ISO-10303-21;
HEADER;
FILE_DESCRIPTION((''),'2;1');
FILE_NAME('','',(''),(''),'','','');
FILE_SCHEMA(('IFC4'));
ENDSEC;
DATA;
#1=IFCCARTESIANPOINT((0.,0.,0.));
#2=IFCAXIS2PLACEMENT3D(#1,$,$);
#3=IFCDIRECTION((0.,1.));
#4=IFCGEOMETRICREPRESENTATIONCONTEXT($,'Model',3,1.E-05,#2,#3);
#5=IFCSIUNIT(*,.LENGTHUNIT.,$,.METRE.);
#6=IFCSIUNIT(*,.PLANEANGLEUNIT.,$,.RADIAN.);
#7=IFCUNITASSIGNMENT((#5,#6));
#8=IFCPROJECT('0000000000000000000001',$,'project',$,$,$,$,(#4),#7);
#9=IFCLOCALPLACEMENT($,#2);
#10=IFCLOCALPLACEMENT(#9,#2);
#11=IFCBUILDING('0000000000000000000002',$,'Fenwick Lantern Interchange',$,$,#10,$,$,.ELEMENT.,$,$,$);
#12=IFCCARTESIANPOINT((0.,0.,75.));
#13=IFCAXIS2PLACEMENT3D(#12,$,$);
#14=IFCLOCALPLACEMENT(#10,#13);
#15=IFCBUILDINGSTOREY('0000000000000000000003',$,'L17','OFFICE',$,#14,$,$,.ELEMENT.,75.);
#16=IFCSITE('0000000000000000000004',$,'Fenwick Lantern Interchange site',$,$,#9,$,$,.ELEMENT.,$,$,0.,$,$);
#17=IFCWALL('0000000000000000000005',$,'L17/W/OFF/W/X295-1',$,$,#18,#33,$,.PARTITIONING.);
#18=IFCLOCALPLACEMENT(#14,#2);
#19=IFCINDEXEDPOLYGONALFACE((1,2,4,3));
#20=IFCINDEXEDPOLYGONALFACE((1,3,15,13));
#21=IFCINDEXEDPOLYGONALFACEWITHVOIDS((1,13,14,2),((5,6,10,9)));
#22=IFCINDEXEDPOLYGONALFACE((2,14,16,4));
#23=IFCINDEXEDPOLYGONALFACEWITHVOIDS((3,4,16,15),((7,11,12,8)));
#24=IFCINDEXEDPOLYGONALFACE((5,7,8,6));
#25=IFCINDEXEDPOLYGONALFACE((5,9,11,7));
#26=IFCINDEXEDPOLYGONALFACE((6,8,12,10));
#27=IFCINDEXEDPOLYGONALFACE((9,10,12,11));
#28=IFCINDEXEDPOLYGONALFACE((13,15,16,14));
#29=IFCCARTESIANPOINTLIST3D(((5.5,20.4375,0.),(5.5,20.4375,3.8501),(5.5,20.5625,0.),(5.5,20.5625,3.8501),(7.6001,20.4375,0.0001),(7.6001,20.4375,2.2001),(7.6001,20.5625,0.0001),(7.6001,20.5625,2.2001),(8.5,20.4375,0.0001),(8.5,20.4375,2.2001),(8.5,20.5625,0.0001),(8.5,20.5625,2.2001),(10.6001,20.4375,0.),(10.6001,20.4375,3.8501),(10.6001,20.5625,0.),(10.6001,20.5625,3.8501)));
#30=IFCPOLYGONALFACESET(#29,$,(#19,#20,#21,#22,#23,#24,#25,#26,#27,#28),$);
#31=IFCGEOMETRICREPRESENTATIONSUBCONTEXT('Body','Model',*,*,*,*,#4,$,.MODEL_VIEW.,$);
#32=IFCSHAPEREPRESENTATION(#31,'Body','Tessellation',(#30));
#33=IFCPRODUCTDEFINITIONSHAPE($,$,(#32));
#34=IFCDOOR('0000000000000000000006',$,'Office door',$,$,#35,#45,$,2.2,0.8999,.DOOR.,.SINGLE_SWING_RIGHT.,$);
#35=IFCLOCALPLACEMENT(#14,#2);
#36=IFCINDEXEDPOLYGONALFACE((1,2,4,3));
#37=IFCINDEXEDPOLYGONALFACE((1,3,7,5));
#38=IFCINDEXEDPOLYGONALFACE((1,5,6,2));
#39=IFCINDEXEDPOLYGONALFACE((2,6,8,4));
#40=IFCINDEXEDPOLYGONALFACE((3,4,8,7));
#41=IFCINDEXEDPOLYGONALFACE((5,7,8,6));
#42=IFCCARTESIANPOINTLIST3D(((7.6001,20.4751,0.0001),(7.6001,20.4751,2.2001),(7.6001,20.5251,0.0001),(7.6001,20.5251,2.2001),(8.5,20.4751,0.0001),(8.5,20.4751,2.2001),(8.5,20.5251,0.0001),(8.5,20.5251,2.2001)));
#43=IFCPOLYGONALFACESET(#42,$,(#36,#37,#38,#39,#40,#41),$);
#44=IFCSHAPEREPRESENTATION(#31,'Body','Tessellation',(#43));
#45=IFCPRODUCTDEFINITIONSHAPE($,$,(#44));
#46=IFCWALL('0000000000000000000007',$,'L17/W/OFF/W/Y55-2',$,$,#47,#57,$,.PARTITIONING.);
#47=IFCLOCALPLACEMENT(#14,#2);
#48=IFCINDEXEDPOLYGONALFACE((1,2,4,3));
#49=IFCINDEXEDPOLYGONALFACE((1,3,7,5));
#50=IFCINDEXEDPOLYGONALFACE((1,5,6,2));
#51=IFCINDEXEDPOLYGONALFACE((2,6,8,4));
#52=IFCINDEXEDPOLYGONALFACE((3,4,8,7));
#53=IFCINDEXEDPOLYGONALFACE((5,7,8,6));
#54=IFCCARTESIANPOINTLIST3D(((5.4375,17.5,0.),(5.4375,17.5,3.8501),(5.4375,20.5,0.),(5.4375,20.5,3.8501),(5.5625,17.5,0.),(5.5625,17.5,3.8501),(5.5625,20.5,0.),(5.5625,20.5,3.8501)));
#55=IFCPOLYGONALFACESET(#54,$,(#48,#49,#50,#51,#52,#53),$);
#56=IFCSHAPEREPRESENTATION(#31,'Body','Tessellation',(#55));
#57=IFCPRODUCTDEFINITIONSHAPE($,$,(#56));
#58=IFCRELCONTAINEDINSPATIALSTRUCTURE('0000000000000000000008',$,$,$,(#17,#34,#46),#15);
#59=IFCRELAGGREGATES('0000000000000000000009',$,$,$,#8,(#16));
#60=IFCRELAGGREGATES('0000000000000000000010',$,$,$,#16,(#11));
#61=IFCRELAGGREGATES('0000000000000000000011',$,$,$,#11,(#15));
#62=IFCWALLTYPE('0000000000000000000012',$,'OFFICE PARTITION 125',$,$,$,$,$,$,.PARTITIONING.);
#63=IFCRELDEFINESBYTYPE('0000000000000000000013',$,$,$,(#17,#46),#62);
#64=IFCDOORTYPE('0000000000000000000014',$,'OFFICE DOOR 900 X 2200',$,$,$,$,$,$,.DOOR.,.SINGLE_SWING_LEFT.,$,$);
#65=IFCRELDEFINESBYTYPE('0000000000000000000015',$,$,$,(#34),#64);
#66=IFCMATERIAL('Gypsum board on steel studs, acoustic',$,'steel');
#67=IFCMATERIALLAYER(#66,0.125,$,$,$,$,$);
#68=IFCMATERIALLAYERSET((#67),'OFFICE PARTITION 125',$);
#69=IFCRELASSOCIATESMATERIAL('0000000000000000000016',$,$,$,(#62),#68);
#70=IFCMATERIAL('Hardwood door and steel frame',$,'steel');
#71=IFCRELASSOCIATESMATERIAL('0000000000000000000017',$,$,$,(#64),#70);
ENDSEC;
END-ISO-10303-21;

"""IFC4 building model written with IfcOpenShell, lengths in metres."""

from ifc_helpers import new_model, si_unit, direction, frame, frame_2d, origin, place, context, subcontext, project, spatial, rectangle, extrude, material, layer, layer_set, type_object, element, fill, save


model = new_model("IFC4")

# Units and contexts
model_context = context("Model", 3, precision=1e-05, world=origin(), true_north=direction((0.0, 1.0)))
body_context = subcontext(model_context, "Body", "Model", "MODEL_VIEW")
ifc_project = project(units=[si_unit("LENGTHUNIT", "METRE"), si_unit("PLANEANGLEUNIT", "RADIAN")], contexts=[model_context])

# Site, building, storey
site_placement = place(None, origin())
site = spatial("IfcSite", under=ifc_project, at=site_placement, Name="Fenwick Lantern Interchange site", CompositionType="ELEMENT", RefElevation=0.0)
building_placement = place(site_placement, origin())
building = spatial("IfcBuilding", under=site, at=building_placement, Name="Fenwick Lantern Interchange", CompositionType="ELEMENT")
storey_placement = place(building_placement, frame((0.0, 0.0, 75.0)))
storey = spatial("IfcBuildingStorey", under=building, at=storey_placement, Name="L17", Description="OFFICE", CompositionType="ELEMENT", Elevation=75.0)

# Shared definitions
ifc_material_1 = material(Name="Hardwood door and steel frame", Category="steel")

# Wall, opening, door
ifc_material_2 = material(Name="Gypsum board on steel studs, acoustic", Category="steel")
ifc_layer_1 = layer(ifc_material_2, 0.125)
ifc_layer_set_1 = layer_set([ifc_layer_1], Name="OFFICE PARTITION 125")
wall_type_1 = type_object("IfcWallType", Name="OFFICE PARTITION 125", PredefinedType="PARTITIONING", material=ifc_layer_set_1)
wall_1_placement = place(storey_placement, frame((5.5, 20.5, 0.0), z_axis=(0.0, 0.0, 1.0), x_axis=(1.0, 0.0, 0.0)))
wall_1 = element("IfcWall", 1, at=wall_1_placement, inside=storey, type_object=wall_type_1, Name="L17/W/OFF/W/X295-1", PredefinedType="PARTITIONING", context=body_context, shape_type="SweptSolid", body=[
    extrude(rectangle(XDim=5.1001, YDim=0.125, at=frame_2d((2.55, 0.0))), origin(), (0.0, 0.0, 1.0), 3.8501),
])
opening_1_placement = place(wall_1_placement, frame((2.1001, 0.0, 0.0)))
opening_1 = element("IfcOpeningElement", 2, at=opening_1_placement, cuts=wall_1, PredefinedType="OPENING", context=body_context, shape_type="SweptSolid", body=[
    extrude(rectangle(XDim=0.8999, YDim=2.2, at=frame_2d((0.45, 1.1001))), frame((0.0, 0.0725, 0.0), z_axis=(0.0, -1.0, 0.0), x_axis=(1.0, 0.0, 0.0)), (0.0, 0.0, 1.0), 0.145),
])
door_type_1 = type_object("IfcDoorType", Name="OFFICE DOOR 900 X 2200", OperationType="SINGLE_SWING_LEFT", PredefinedType="DOOR", material=ifc_material_1)
door_1_placement = place(opening_1_placement, frame((0.8999, 0.0, 0.0), z_axis=(0.0, 0.0, 1.0), x_axis=(-1.0, 0.0, 0.0)))
door_1 = element("IfcDoor", 3, at=door_1_placement, inside=storey, type_object=door_type_1, Name="Office door", OperationType="SINGLE_SWING_RIGHT", OverallHeight=2.2, OverallWidth=0.8999, PredefinedType="DOOR", context=body_context, shape_type="SweptSolid", body=[
    extrude(rectangle(XDim=0.8999, YDim=2.2, at=frame_2d((0.45, 1.1001))), frame((0.0, 0.0249, 0.0), z_axis=(0.0, -1.0, 0.0), x_axis=(1.0, 0.0, 0.0)), (0.0, 0.0, 1.0), 0.05),
])
fill(opening_1, door_1)

# Wall
wall_2_placement = place(storey_placement, frame((5.5, 20.5, 0.0), z_axis=(0.0, 0.0, 1.0), x_axis=(0.0, -1.0, 0.0)))
element("IfcWall", 4, at=wall_2_placement, inside=storey, type_object=wall_type_1, Name="L17/W/OFF/W/Y55-2", PredefinedType="PARTITIONING", context=body_context, shape_type="SweptSolid", body=[
    extrude(rectangle(XDim=3.0, YDim=0.125, at=frame_2d((1.5, 0.0))), origin(), (0.0, 0.0, 1.0), 3.8501),
])

save(model, "model.ifc")
